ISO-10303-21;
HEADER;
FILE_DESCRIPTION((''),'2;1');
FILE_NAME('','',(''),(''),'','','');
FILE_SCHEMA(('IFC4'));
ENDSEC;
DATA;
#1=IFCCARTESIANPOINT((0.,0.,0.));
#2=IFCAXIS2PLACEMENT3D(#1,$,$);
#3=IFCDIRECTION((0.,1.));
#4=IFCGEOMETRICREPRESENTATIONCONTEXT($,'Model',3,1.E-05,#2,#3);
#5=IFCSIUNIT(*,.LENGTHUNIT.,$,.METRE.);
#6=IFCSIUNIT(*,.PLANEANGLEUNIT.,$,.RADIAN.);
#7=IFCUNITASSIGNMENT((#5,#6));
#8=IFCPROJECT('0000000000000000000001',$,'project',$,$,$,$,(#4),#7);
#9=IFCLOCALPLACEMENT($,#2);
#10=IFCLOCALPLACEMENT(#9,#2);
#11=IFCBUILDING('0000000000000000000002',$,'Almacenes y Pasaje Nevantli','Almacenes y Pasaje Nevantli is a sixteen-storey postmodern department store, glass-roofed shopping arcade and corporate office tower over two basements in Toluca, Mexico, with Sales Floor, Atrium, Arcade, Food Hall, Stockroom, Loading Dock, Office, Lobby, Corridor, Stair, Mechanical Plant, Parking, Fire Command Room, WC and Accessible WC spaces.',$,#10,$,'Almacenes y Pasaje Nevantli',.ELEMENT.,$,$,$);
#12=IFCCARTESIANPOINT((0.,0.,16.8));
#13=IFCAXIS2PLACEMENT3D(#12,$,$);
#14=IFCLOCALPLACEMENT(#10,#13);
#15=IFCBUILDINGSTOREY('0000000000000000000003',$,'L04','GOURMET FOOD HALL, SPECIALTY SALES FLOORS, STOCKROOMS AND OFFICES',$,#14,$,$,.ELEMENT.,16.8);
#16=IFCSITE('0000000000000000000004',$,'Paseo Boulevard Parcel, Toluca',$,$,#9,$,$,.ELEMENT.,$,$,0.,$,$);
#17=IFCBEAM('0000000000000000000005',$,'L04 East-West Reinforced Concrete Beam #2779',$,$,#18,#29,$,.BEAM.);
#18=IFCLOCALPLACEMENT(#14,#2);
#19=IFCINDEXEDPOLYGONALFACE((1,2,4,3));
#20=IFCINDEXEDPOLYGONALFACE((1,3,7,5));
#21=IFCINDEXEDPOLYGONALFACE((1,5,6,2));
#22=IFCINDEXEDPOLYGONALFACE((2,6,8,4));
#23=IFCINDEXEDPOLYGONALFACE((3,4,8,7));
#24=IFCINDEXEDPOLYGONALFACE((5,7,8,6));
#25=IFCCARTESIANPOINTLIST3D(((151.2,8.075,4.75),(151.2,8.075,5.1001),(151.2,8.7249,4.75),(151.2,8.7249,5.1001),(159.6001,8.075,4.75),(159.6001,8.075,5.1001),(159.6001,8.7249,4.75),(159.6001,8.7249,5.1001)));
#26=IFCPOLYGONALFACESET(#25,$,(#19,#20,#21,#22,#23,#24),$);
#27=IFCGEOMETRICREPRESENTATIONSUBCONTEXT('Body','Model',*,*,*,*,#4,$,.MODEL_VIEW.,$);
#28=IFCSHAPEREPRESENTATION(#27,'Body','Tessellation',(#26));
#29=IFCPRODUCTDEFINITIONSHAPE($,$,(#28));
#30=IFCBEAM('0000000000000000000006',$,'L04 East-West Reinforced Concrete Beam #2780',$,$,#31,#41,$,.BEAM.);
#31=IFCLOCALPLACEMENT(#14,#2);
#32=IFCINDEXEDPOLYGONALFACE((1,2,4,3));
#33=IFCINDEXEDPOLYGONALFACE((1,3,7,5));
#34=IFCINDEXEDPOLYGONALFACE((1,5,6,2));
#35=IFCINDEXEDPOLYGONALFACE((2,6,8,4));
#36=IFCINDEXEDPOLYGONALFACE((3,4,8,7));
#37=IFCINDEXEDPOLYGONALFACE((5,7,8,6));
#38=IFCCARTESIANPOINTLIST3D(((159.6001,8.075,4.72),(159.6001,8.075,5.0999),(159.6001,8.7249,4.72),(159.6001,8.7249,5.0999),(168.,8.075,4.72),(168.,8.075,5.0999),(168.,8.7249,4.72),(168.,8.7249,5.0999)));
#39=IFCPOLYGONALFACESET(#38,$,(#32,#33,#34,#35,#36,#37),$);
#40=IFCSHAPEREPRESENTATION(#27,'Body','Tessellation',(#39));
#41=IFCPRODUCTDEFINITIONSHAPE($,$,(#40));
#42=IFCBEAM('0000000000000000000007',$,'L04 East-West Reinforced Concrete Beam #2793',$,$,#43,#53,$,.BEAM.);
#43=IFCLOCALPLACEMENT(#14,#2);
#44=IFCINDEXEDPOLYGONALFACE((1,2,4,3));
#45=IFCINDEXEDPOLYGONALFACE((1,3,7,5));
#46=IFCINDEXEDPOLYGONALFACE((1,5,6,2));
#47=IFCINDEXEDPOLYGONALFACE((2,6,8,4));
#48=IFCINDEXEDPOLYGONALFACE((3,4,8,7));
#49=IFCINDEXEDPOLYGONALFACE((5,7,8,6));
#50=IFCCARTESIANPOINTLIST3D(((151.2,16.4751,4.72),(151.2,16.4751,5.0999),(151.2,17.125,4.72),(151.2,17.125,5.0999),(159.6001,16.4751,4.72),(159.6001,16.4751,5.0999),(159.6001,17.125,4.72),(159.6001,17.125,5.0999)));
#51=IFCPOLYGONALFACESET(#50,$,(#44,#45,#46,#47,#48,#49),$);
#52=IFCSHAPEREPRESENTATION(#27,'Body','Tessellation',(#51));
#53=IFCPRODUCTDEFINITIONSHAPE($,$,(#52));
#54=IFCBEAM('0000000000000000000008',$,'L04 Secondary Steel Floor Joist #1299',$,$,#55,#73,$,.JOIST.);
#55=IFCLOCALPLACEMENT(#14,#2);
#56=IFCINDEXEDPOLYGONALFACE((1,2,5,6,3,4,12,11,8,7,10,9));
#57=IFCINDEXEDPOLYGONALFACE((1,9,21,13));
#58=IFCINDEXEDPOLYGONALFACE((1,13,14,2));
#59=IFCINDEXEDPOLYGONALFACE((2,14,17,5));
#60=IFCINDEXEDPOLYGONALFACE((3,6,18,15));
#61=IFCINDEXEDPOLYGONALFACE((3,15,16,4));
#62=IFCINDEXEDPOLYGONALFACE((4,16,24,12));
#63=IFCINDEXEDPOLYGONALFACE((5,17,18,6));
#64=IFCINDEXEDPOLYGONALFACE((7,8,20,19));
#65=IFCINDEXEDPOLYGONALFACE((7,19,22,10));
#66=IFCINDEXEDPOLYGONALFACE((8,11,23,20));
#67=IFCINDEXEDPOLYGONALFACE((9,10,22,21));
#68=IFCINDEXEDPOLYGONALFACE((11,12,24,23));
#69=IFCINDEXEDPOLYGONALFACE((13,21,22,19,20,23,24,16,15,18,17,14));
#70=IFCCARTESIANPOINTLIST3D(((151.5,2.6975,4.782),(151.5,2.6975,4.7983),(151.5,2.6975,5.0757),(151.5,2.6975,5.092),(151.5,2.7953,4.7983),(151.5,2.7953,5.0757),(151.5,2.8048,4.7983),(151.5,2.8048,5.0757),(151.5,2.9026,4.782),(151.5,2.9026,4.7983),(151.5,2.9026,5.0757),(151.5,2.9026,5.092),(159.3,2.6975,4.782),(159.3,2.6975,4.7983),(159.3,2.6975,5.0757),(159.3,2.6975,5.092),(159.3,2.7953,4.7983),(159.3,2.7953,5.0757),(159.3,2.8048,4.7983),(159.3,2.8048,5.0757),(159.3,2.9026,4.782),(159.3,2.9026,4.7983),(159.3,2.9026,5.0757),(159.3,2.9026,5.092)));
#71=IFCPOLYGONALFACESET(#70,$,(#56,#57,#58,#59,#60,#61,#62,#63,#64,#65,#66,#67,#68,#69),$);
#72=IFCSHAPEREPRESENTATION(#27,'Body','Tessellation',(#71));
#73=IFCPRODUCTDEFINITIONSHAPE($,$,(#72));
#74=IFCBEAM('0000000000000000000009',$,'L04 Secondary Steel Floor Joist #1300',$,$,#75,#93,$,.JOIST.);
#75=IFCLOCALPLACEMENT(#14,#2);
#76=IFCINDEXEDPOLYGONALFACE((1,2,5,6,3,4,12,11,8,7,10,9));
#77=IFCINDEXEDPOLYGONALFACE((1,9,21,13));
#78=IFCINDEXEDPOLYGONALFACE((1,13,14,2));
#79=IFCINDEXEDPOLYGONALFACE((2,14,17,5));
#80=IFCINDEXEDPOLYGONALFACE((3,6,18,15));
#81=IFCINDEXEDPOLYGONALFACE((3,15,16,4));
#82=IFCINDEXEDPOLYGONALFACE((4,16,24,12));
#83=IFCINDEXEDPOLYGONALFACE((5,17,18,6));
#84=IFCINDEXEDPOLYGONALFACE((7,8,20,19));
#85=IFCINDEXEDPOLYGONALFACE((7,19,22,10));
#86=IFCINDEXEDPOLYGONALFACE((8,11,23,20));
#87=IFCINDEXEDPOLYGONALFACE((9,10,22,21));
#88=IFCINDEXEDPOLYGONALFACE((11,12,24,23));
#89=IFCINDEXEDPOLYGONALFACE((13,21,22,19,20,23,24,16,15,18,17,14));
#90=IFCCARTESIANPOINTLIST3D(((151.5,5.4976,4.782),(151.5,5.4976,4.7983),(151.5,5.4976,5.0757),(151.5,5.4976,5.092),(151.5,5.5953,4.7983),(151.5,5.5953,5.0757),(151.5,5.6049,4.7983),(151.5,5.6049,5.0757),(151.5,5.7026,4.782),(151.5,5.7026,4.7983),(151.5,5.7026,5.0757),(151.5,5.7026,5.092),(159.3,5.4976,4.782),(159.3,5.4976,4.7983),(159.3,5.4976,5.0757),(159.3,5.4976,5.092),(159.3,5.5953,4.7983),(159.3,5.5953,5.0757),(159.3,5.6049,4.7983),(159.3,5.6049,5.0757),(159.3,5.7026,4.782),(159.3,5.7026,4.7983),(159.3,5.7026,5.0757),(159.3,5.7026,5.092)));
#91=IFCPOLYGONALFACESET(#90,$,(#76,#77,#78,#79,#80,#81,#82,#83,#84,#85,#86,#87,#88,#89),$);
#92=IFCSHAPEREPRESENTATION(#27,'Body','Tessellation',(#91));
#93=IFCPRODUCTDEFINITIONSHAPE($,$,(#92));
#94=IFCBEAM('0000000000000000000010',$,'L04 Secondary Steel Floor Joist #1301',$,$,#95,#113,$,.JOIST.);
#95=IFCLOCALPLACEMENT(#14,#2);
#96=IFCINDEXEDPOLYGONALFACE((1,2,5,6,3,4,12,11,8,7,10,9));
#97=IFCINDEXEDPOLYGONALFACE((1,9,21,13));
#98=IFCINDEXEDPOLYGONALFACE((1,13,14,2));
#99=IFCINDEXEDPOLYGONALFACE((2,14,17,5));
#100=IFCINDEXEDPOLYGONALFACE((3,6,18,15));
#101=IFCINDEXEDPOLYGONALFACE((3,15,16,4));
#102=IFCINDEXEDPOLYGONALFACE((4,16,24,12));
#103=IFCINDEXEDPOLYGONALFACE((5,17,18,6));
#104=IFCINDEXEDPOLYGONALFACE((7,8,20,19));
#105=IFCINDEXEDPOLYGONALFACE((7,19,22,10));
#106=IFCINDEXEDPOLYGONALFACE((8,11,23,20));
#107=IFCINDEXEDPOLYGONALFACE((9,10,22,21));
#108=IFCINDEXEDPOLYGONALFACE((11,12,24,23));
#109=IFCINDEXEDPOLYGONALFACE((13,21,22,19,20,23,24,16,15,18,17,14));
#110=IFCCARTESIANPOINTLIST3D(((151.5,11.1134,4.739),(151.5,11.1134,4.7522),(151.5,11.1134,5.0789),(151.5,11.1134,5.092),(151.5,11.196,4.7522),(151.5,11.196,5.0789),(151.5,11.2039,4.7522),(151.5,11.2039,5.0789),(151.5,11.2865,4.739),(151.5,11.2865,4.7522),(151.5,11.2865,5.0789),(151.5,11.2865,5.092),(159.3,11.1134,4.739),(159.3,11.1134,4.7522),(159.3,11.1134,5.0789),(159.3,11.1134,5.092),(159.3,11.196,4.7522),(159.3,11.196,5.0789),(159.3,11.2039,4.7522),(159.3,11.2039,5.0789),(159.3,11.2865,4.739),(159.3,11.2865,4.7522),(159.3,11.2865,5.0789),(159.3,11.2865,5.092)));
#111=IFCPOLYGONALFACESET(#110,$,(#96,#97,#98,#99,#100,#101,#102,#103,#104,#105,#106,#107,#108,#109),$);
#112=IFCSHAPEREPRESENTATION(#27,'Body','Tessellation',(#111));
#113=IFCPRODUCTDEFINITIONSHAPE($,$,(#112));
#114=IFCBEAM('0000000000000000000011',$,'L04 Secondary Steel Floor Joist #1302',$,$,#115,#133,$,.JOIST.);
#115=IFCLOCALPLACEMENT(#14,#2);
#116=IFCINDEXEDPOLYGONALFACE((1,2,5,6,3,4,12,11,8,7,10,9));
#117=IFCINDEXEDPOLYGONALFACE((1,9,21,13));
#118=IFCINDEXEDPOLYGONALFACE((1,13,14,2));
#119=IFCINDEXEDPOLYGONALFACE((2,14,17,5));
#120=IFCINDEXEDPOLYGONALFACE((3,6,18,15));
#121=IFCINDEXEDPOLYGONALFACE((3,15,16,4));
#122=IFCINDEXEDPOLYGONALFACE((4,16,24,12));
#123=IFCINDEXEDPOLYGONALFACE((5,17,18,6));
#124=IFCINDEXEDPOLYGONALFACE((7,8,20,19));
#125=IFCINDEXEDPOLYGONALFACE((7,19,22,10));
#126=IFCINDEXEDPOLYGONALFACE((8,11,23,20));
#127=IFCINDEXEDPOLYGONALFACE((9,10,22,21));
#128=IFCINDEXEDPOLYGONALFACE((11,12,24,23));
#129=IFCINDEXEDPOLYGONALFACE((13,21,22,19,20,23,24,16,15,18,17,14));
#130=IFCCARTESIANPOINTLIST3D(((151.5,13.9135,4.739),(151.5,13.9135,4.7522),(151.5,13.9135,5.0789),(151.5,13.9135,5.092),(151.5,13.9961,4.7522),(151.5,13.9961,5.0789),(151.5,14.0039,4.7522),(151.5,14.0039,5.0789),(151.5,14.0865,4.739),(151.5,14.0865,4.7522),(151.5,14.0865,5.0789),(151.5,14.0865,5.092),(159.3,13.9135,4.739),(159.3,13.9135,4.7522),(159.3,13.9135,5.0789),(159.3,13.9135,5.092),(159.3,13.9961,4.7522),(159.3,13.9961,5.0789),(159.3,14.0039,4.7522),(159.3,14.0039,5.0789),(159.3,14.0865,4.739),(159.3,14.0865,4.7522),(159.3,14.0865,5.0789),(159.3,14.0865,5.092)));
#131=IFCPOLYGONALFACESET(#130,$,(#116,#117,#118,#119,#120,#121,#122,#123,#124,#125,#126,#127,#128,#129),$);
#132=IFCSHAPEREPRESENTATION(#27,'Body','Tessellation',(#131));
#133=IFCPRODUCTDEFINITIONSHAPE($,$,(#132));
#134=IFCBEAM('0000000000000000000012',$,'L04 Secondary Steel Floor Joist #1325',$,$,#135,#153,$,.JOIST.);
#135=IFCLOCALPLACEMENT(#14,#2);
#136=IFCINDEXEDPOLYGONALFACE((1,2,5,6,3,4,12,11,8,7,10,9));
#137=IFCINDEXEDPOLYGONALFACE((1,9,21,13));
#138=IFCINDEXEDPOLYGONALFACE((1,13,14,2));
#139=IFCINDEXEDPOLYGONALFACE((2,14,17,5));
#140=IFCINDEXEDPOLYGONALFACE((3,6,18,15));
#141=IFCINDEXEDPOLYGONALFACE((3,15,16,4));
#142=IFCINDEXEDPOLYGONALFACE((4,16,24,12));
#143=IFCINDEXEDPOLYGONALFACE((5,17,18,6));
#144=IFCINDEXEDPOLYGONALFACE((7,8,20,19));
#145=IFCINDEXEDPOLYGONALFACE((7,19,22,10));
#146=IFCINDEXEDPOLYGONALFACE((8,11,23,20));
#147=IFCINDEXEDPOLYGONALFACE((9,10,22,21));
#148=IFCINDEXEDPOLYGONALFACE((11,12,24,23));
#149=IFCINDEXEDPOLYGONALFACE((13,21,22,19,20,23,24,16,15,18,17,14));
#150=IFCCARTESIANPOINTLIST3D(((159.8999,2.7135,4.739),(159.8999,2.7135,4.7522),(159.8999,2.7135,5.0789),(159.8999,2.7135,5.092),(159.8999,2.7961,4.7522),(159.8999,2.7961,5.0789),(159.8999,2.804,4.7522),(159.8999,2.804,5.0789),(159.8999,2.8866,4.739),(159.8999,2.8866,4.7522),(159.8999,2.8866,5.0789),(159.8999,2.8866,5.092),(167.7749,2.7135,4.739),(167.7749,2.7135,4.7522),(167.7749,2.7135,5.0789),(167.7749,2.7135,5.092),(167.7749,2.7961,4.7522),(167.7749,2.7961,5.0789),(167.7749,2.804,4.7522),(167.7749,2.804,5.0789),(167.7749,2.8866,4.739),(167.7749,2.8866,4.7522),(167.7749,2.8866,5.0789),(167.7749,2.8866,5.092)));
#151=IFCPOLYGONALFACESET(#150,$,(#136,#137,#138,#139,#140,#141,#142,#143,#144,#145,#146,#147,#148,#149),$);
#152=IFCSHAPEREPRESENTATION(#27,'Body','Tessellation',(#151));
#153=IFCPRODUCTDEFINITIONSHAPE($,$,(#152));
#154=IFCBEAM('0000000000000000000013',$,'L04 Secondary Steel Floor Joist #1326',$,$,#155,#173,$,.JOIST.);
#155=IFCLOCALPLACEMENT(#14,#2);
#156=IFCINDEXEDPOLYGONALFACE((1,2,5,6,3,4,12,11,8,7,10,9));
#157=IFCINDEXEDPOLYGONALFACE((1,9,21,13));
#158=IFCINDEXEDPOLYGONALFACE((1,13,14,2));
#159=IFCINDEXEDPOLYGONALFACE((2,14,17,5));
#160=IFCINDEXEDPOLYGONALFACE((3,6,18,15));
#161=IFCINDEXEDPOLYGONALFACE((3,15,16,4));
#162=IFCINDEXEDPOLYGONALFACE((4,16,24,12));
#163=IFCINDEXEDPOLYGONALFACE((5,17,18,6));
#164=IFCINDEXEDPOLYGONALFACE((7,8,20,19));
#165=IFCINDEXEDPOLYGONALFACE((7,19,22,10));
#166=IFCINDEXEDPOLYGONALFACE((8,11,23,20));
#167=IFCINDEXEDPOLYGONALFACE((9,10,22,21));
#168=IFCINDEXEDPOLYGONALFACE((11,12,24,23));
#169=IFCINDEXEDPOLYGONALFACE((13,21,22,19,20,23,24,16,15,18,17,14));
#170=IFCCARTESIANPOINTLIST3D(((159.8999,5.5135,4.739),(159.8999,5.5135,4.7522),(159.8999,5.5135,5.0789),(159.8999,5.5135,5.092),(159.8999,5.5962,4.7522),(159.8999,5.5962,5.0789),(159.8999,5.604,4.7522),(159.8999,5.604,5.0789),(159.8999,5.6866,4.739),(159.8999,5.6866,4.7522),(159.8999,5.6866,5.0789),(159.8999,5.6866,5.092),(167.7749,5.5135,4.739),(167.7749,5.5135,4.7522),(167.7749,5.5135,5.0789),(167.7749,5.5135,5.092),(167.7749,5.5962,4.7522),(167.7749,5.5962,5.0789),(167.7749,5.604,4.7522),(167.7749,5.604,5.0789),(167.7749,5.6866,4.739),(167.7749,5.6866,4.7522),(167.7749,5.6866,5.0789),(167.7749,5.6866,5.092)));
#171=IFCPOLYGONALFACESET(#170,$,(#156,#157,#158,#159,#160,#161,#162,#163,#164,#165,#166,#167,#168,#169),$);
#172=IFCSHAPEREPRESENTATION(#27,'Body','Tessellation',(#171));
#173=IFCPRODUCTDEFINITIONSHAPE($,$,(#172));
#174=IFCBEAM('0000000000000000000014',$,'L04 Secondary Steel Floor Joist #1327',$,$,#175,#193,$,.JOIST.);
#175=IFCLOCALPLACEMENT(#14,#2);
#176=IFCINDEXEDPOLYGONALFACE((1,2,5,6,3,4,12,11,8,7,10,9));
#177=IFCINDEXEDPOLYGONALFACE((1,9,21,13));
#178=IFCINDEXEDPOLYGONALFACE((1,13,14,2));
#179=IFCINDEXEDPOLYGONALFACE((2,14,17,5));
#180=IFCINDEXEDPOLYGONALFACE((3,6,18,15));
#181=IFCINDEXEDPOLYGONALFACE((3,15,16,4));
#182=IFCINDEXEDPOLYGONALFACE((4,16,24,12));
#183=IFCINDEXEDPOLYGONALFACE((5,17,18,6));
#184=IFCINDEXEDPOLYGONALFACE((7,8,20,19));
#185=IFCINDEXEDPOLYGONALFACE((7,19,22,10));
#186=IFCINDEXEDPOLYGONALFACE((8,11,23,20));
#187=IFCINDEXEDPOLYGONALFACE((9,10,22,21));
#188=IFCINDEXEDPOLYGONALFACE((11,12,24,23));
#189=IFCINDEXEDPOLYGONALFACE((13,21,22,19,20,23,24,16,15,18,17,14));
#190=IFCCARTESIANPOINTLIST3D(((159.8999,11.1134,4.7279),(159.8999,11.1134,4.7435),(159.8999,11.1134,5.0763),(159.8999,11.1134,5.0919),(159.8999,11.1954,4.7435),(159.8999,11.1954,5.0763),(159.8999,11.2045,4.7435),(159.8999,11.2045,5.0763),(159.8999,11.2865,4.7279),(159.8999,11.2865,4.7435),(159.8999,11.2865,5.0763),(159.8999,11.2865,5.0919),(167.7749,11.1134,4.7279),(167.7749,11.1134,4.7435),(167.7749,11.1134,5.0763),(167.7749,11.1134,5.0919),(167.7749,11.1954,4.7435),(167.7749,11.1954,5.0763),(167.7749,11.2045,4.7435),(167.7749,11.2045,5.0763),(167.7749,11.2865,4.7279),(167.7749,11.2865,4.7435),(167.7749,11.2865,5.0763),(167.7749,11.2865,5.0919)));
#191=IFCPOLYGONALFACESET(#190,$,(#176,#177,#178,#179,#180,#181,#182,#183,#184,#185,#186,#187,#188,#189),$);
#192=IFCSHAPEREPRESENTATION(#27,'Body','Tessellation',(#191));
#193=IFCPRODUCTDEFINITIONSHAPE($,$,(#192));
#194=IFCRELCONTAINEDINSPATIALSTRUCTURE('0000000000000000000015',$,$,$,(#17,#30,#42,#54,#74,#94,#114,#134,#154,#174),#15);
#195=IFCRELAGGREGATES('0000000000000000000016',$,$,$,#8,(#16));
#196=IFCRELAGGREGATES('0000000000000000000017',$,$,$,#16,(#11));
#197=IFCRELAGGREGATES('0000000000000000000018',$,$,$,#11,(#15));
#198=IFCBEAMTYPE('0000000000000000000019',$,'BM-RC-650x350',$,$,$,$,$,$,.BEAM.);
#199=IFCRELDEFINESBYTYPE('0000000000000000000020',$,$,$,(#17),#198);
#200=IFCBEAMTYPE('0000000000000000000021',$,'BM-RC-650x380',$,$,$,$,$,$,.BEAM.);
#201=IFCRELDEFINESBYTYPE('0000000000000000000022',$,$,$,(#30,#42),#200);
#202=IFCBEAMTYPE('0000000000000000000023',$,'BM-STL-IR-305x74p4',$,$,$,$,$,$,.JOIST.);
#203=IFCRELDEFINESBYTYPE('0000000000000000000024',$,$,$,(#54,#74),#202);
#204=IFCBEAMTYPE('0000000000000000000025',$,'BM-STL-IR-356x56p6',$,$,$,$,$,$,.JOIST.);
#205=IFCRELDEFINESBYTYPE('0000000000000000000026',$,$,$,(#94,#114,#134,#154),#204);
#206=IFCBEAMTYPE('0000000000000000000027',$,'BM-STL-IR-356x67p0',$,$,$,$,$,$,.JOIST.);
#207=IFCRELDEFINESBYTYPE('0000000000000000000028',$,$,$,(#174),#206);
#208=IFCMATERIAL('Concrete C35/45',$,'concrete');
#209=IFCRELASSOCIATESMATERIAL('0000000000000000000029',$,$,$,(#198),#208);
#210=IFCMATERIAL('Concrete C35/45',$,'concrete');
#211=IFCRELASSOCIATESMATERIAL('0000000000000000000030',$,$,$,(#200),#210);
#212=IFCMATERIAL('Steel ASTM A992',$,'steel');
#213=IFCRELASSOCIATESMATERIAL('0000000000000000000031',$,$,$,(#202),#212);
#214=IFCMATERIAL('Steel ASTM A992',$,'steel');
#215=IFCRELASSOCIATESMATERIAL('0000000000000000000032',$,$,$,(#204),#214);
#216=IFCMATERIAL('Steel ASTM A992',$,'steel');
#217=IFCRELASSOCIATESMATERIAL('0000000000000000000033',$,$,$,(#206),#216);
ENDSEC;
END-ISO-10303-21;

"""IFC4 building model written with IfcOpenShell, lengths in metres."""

from ifc_helpers import new_model, si_unit, direction, frame, origin, origin_2d, place, context, subcontext, project, spatial, rectangle, i_section, extrude, material, material_profile, profile_set, type_object, element, save


model = new_model("IFC4")

# Units and contexts
model_context = context("Model", 3, precision=1e-05, world=origin(), true_north=direction((0.0, 1.0)))
body_context = subcontext(model_context, "Body", "Model", "MODEL_VIEW")
ifc_project = project(units=[si_unit("LENGTHUNIT", "METRE"), si_unit("PLANEANGLEUNIT", "RADIAN")], contexts=[model_context])

# Site, building, storey
site_placement = place(None, origin())
site = spatial("IfcSite", under=ifc_project, at=site_placement, Name="Paseo Boulevard Parcel, Toluca", CompositionType="ELEMENT", RefElevation=0.0)
building_placement = place(site_placement, origin())
building = spatial("IfcBuilding", under=site, at=building_placement, Name="Almacenes y Pasaje Nevantli", Description="Almacenes y Pasaje Nevantli is a sixteen-storey postmodern department store, glass-roofed shopping arcade and corporate office tower over two basements in Toluca, Mexico, with Sales Floor, Atrium, Arcade, Food Hall, Stockroom, Loading Dock, Office, Lobby, Corridor, Stair, Mechanical Plant, Parking, Fire Command Room, WC and Accessible WC spaces.", LongName="Almacenes y Pasaje Nevantli", CompositionType="ELEMENT")
storey_placement = place(building_placement, frame((0.0, 0.0, 16.8)))
storey = spatial("IfcBuildingStorey", under=building, at=storey_placement, Name="L04", Description="GOURMET FOOD HALL, SPECIALTY SALES FLOORS, STOCKROOMS AND OFFICES", CompositionType="ELEMENT", Elevation=16.8)

# Beams
ifc_material_1 = material(Name="Concrete C35/45", Category="concrete")
ifc_material_profile_1 = material_profile(ifc_material_1, rectangle(XDim=0.6499, YDim=0.3501, at=origin_2d()), Name="RC-BM-650x350")
ifc_profile_set_1 = profile_set([ifc_material_profile_1], Name="Concrete C35/45")
beam_type_1 = type_object("IfcBeamType", Name="BM-RC-650x350", PredefinedType="BEAM", material=ifc_profile_set_1)
beam_1_placement = place(storey_placement, frame((151.2, 8.3999, 4.925), z_axis=(1.0, 0.0, 0.0), x_axis=(0.0, 1.0, 0.0)))
element("IfcBeam", 1, at=beam_1_placement, inside=storey, type_object=beam_type_1, Name="L04 East-West Reinforced Concrete Beam #2779", PredefinedType="BEAM", context=body_context, shape_type="SweptSolid", body=[
    extrude(rectangle(XDim=0.6499, YDim=0.3501, at=origin_2d()), origin(), (0.0, 0.0, 1.0), 8.4001),
])
ifc_material_2 = material(Name="Concrete C35/45", Category="concrete")
ifc_material_profile_2 = material_profile(ifc_material_2, rectangle(XDim=0.6499, YDim=0.3799, at=origin_2d()), Name="RC-BM-650x380")
ifc_profile_set_2 = profile_set([ifc_material_profile_2], Name="Concrete C35/45")
beam_type_2 = type_object("IfcBeamType", Name="BM-RC-650x380", PredefinedType="BEAM", material=ifc_profile_set_2)
beam_2_placement = place(storey_placement, frame((159.6001, 8.3999, 4.9099), z_axis=(1.0, 0.0, 0.0), x_axis=(0.0, 1.0, 0.0)))
element("IfcBeam", 2, at=beam_2_placement, inside=storey, type_object=beam_type_2, Name="L04 East-West Reinforced Concrete Beam #2780", PredefinedType="BEAM", context=body_context, shape_type="SweptSolid", body=[
    extrude(rectangle(XDim=0.6499, YDim=0.3799, at=origin_2d()), origin(), (0.0, 0.0, 1.0), 8.3999),
])
beam_3_placement = place(storey_placement, frame((151.2, 16.8, 4.9099), z_axis=(1.0, 0.0, 0.0), x_axis=(0.0, 1.0, 0.0)))
element("IfcBeam", 3, at=beam_3_placement, inside=storey, type_object=beam_type_2, Name="L04 East-West Reinforced Concrete Beam #2793", PredefinedType="BEAM", context=body_context, shape_type="SweptSolid", body=[
    extrude(rectangle(XDim=0.6499, YDim=0.3799, at=origin_2d()), origin(), (0.0, 0.0, 1.0), 8.4001),
])
ifc_material_3 = material(Name="Steel ASTM A992", Category="steel")
ifc_material_profile_3 = material_profile(ifc_material_3, i_section(OverallWidth=0.2051, OverallDepth=0.3101, WebThickness=0.0095, FlangeThickness=0.0164, at=origin_2d()), Name="IR 305x74.4")
ifc_profile_set_3 = profile_set([ifc_material_profile_3], Name="Steel ASTM A992")
beam_type_3 = type_object("IfcBeamType", Name="BM-STL-IR-305x74p4", PredefinedType="JOIST", material=ifc_profile_set_3)
for number, where, z_axis, x_axis, name in (
    (4, (151.5, 2.8, 4.937), (1.0, 0.0, 0.0), (0.0, 1.0, 0.0), "L04 Secondary Steel Floor Joist #1299"),
    (5, (151.5, 5.6001, 4.937), (1.0, 0.0, 0.0), (0.0, 1.0, 0.0), "L04 Secondary Steel Floor Joist #1300"),
):
    element("IfcBeam", number, at=place(storey_placement, frame(where, z_axis=z_axis, x_axis=x_axis)), inside=storey, type_object=beam_type_3, Name=name, PredefinedType="JOIST", context=body_context, shape_type="SweptSolid", body=[
        extrude(i_section(OverallWidth=0.2051, OverallDepth=0.3101, WebThickness=0.0095, FlangeThickness=0.0164, at=origin_2d()), origin(), (0.0, 0.0, 1.0), 7.8),
    ])
ifc_material_4 = material(Name="Steel ASTM A992", Category="steel")
ifc_material_profile_4 = material_profile(ifc_material_4, i_section(OverallWidth=0.1731, OverallDepth=0.353, WebThickness=0.0078, FlangeThickness=0.0132, at=origin_2d()), Name="IR 356x56.6")
ifc_profile_set_4 = profile_set([ifc_material_profile_4], Name="Steel ASTM A992")
beam_type_4 = type_object("IfcBeamType", Name="BM-STL-IR-356x56p6", PredefinedType="JOIST", material=ifc_profile_set_4)
for number, where, z_axis, x_axis, name in (
    (6, (151.5, 11.2, 4.9155), (1.0, 0.0, 0.0), (0.0, 1.0, 0.0), "L04 Secondary Steel Floor Joist #1301"),
    (7, (151.5, 14.0, 4.9155), (1.0, 0.0, 0.0), (0.0, 1.0, 0.0), "L04 Secondary Steel Floor Joist #1302"),
):
    element("IfcBeam", number, at=place(storey_placement, frame(where, z_axis=z_axis, x_axis=x_axis)), inside=storey, type_object=beam_type_4, Name=name, PredefinedType="JOIST", context=body_context, shape_type="SweptSolid", body=[
        extrude(i_section(OverallWidth=0.1731, OverallDepth=0.353, WebThickness=0.0078, FlangeThickness=0.0132, at=origin_2d()), origin(), (0.0, 0.0, 1.0), 7.8),
    ])
for number, where, z_axis, x_axis, name in (
    (8, (159.8999, 2.8, 4.9155), (1.0, 0.0, 0.0), (0.0, 1.0, 0.0), "L04 Secondary Steel Floor Joist #1325"),
    (9, (159.8999, 5.6001, 4.9155), (1.0, 0.0, 0.0), (0.0, 1.0, 0.0), "L04 Secondary Steel Floor Joist #1326"),
):
    element("IfcBeam", number, at=place(storey_placement, frame(where, z_axis=z_axis, x_axis=x_axis)), inside=storey, type_object=beam_type_4, Name=name, PredefinedType="JOIST", context=body_context, shape_type="SweptSolid", body=[
        extrude(i_section(OverallWidth=0.1731, OverallDepth=0.353, WebThickness=0.0078, FlangeThickness=0.0132, at=origin_2d()), origin(), (0.0, 0.0, 1.0), 7.875),
    ])
ifc_material_5 = material(Name="Steel ASTM A992", Category="steel")
ifc_material_profile_5 = material_profile(ifc_material_5, i_section(OverallWidth=0.1731, OverallDepth=0.364, WebThickness=0.009, FlangeThickness=0.0156, at=origin_2d()), Name="IR 356x67.0")
ifc_profile_set_5 = profile_set([ifc_material_profile_5], Name="Steel ASTM A992")
beam_type_5 = type_object("IfcBeamType", Name="BM-STL-IR-356x67p0", PredefinedType="JOIST", material=ifc_profile_set_5)
for number, where, z_axis, x_axis, name in (
    (10, (159.8999, 11.2, 4.9099), (1.0, 0.0, 0.0), (0.0, 1.0, 0.0), "L04 Secondary Steel Floor Joist #1327"),
):
    element("IfcBeam", number, at=place(storey_placement, frame(where, z_axis=z_axis, x_axis=x_axis)), inside=storey, type_object=beam_type_5, Name=name, PredefinedType="JOIST", context=body_context, shape_type="SweptSolid", body=[
        extrude(i_section(OverallWidth=0.1731, OverallDepth=0.364, WebThickness=0.009, FlangeThickness=0.0156, at=origin_2d()), origin(), (0.0, 0.0, 1.0), 7.875),
    ])

save(model, "model.ifc")
